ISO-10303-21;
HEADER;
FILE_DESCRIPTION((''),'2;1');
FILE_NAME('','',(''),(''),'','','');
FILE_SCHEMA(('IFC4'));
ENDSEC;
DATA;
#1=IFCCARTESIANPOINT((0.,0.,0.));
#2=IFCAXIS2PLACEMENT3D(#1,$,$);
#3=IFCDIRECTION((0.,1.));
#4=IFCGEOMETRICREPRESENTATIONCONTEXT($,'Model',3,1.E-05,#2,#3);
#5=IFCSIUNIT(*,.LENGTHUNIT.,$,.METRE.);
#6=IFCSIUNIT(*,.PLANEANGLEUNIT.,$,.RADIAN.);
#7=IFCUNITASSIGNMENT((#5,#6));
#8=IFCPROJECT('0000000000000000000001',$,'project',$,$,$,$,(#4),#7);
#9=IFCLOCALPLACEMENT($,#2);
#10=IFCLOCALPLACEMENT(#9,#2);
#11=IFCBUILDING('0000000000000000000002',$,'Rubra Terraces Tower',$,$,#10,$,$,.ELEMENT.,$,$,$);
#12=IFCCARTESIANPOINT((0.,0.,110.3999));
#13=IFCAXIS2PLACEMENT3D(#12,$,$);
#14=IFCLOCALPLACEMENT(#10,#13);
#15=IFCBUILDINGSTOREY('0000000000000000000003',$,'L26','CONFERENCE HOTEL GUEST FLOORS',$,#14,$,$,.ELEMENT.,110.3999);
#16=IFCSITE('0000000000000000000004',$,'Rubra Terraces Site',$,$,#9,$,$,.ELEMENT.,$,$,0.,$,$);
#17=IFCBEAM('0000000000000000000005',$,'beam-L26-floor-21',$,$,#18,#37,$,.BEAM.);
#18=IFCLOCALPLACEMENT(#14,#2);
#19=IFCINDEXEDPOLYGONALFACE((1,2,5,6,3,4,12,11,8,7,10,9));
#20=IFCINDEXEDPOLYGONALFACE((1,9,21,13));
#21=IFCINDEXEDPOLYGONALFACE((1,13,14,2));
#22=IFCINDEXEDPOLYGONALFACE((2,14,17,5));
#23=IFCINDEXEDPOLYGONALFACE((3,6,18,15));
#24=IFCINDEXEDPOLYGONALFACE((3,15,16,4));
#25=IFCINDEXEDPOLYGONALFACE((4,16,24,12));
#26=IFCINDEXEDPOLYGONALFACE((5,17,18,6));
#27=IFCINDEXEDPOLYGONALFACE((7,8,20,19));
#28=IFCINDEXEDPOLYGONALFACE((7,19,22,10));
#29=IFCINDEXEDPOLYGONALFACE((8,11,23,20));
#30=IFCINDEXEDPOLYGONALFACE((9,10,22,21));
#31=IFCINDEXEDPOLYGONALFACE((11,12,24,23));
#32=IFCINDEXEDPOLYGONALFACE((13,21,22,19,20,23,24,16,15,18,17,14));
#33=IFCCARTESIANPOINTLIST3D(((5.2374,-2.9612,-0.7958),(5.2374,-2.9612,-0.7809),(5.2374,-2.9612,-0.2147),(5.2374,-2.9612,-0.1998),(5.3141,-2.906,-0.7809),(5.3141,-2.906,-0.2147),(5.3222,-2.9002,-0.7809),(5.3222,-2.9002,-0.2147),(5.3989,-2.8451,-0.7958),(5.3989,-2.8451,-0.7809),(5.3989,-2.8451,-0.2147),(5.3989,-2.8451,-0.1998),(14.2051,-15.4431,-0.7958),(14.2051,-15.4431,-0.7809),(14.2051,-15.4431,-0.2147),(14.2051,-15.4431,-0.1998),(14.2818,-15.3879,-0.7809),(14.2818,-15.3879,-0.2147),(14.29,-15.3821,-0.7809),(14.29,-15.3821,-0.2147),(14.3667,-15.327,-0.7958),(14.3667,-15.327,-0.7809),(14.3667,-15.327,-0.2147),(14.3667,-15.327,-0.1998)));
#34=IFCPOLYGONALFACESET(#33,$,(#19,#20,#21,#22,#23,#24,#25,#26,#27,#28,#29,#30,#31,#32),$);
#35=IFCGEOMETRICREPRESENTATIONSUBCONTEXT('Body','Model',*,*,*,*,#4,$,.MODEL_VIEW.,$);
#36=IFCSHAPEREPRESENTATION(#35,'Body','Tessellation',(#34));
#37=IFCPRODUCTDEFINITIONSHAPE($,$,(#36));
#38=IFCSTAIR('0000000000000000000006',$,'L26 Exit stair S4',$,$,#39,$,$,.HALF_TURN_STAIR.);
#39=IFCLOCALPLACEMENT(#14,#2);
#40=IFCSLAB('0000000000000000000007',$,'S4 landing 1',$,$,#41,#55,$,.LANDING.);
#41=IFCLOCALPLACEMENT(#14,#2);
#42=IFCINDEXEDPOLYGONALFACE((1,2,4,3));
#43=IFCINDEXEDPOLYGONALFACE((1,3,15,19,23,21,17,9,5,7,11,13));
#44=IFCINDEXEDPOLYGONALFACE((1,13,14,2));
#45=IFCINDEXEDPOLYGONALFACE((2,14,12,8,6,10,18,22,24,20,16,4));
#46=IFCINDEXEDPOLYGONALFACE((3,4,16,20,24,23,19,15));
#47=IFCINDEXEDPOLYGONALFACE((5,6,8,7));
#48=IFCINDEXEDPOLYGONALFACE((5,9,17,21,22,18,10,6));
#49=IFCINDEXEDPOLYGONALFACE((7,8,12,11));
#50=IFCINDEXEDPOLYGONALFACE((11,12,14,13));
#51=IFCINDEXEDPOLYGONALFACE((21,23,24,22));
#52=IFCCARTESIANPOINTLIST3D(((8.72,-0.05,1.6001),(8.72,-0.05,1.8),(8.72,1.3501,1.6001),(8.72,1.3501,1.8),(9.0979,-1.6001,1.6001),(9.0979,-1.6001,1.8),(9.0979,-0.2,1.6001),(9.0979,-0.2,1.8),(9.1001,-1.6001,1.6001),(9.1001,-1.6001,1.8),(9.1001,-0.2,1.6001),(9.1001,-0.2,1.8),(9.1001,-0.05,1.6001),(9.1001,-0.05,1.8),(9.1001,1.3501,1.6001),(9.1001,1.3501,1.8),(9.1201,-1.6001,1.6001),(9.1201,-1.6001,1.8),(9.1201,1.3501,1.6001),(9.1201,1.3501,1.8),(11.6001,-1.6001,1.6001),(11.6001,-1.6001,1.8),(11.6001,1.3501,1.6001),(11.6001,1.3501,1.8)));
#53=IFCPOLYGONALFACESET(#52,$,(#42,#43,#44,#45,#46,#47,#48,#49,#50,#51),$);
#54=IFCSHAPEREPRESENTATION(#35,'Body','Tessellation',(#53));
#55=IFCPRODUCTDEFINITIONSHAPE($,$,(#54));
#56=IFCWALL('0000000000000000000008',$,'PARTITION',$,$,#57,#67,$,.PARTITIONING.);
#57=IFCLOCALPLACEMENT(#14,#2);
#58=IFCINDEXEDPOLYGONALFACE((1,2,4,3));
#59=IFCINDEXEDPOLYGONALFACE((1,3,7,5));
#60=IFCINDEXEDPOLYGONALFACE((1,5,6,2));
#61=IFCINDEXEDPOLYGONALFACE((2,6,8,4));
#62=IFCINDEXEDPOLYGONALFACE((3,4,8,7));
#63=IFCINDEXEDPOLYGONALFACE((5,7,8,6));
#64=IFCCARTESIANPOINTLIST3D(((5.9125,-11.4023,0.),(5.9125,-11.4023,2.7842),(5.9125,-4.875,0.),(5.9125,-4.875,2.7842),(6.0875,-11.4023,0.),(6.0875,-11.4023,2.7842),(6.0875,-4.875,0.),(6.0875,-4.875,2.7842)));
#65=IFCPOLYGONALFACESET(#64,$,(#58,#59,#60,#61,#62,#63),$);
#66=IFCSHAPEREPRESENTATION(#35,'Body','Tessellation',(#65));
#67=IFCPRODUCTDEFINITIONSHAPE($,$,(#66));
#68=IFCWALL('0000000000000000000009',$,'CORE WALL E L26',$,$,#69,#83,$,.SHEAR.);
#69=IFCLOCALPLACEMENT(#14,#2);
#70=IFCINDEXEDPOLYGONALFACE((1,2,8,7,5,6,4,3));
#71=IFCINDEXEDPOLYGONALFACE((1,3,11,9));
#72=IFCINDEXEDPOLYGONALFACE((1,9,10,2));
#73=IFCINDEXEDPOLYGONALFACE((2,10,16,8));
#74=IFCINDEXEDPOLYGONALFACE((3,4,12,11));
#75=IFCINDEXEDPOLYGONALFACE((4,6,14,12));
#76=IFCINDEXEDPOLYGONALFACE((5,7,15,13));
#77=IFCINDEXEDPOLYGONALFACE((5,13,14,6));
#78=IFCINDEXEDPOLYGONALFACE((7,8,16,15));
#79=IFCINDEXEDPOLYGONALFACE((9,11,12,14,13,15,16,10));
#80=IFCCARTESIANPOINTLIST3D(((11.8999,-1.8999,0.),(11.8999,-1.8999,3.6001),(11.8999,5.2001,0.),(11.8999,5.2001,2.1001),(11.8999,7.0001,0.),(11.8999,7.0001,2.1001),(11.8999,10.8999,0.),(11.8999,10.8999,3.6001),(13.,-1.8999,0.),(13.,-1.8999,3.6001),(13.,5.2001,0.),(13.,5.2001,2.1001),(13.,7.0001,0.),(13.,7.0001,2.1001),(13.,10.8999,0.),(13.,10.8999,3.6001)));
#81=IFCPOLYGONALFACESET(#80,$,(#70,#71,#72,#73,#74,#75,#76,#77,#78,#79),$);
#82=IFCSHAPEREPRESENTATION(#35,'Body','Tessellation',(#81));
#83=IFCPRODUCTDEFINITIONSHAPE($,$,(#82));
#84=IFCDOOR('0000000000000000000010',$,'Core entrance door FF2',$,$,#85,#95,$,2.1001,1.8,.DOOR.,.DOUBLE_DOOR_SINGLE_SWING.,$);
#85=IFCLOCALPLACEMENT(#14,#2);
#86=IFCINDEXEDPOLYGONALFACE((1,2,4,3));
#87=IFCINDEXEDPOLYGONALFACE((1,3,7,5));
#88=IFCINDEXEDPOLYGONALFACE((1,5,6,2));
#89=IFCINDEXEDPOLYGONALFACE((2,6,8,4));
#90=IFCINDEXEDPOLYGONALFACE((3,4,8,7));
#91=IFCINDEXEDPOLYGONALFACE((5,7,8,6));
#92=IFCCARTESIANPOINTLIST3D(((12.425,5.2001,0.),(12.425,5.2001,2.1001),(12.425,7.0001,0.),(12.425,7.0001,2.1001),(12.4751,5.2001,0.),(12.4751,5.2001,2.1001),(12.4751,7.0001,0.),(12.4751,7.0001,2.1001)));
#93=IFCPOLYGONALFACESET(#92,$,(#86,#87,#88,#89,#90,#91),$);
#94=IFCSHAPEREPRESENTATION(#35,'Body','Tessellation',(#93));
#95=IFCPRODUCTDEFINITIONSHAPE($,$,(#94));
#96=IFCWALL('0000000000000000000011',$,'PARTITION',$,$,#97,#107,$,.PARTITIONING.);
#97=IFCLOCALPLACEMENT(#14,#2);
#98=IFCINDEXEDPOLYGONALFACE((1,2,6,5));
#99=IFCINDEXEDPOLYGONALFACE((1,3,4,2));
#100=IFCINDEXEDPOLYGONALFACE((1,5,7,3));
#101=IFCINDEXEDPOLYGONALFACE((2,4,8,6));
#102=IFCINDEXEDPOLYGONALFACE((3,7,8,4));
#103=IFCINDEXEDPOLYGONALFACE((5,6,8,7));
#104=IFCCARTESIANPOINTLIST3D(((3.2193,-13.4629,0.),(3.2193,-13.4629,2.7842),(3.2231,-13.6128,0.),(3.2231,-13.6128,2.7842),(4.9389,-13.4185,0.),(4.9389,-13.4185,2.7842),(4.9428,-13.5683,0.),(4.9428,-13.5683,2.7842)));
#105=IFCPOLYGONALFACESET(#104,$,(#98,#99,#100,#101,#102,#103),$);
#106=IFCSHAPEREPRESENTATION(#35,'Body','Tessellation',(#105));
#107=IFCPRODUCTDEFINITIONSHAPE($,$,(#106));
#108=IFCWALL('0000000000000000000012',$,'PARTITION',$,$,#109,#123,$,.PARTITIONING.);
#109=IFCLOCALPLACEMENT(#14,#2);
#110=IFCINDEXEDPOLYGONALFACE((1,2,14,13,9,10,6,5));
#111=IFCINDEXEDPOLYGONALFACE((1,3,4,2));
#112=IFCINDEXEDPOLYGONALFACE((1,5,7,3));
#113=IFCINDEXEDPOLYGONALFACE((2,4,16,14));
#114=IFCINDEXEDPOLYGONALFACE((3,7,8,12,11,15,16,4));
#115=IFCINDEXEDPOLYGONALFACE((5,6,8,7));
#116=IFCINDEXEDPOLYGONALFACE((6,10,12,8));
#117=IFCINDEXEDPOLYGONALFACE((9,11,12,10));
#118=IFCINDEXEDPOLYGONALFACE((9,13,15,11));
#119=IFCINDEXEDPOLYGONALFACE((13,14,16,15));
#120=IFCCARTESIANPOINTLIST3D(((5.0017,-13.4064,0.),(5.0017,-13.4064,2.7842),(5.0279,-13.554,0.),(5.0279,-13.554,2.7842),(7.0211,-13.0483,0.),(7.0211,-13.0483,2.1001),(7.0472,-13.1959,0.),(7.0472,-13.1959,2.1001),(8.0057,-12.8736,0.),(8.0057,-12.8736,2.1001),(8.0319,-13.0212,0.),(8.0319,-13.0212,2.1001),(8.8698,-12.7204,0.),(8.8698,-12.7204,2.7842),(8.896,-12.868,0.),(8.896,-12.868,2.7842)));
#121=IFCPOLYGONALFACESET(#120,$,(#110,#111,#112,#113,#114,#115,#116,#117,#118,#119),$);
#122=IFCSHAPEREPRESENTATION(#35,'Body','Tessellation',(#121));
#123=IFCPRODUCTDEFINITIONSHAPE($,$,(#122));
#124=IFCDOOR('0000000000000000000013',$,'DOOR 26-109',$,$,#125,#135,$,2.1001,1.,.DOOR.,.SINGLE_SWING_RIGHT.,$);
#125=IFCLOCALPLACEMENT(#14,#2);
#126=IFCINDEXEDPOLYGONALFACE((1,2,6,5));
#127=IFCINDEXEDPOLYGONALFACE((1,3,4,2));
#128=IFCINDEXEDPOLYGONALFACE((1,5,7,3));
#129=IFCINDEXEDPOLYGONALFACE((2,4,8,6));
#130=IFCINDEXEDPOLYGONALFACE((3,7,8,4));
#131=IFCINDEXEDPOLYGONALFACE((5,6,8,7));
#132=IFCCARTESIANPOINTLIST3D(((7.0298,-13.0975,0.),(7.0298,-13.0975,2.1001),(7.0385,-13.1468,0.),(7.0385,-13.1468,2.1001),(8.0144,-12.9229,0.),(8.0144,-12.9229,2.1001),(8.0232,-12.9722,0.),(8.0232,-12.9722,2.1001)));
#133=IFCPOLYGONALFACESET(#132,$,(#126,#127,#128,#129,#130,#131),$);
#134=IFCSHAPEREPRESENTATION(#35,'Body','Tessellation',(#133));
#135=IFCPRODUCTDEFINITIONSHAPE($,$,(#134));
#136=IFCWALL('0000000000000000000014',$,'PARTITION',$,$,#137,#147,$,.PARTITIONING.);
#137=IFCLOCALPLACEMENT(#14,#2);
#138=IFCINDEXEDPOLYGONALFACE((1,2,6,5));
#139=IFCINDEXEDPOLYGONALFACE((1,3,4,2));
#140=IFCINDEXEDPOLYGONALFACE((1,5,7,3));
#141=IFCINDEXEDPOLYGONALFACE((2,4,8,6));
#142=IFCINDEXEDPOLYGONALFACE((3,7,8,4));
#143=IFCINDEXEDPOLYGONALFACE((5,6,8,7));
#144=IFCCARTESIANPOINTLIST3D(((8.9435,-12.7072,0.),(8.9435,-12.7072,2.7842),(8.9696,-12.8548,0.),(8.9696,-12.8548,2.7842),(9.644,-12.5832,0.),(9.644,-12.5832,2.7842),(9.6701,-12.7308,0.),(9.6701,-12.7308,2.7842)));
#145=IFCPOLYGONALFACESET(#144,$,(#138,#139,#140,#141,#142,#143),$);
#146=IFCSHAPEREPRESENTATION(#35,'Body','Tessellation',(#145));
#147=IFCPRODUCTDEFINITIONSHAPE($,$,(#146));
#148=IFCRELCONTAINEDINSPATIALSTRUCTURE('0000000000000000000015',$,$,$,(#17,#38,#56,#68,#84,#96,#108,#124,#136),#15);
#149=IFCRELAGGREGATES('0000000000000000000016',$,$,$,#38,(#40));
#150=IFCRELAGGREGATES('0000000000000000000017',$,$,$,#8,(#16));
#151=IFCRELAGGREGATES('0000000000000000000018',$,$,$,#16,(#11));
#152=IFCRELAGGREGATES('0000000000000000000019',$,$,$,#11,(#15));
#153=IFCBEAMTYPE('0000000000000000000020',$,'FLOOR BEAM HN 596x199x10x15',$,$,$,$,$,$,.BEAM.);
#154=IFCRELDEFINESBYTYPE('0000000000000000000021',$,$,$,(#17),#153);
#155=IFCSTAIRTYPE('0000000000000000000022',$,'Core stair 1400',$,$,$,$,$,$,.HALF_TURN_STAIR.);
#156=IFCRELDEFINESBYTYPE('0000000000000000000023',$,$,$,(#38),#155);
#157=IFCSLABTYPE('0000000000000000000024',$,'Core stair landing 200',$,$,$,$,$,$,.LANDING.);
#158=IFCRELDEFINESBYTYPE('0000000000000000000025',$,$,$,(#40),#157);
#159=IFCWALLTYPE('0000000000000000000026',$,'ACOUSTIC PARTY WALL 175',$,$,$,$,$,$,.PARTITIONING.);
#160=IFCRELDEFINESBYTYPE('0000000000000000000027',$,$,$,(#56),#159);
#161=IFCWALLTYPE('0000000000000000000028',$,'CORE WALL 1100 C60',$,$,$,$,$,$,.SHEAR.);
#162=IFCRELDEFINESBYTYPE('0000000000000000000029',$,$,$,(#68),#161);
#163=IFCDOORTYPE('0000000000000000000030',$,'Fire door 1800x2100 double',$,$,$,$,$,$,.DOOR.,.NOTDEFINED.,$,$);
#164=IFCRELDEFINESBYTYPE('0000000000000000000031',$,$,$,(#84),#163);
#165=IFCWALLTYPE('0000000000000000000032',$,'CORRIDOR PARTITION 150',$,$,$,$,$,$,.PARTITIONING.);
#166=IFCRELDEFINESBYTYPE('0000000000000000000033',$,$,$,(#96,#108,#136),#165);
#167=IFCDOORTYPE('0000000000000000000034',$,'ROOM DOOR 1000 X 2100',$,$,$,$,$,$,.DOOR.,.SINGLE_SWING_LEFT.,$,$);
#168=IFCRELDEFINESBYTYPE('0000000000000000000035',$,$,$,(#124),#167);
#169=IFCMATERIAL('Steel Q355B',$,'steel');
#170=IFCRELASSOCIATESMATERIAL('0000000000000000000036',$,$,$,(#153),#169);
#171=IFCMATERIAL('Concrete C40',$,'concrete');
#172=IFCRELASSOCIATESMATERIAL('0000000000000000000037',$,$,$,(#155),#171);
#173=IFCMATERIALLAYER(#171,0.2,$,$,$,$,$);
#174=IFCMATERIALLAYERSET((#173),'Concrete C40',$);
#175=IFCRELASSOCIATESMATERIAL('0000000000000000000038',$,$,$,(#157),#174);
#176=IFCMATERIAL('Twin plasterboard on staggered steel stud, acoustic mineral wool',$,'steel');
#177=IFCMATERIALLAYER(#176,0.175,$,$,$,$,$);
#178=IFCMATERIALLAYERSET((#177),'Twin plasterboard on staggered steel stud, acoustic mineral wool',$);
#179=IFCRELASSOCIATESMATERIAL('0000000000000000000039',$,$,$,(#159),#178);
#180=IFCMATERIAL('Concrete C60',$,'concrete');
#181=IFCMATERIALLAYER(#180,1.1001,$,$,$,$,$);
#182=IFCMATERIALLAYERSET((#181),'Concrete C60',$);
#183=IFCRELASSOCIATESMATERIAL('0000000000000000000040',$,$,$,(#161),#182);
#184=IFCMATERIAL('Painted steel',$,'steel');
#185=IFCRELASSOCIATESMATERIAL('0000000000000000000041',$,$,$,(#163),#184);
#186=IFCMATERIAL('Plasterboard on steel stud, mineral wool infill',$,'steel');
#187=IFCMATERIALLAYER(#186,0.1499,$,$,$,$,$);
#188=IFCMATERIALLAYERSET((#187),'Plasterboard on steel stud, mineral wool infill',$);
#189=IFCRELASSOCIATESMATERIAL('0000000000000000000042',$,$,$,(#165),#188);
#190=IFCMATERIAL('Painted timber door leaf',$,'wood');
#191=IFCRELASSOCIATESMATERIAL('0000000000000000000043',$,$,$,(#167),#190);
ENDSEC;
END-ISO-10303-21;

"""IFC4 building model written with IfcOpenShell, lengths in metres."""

from ifc_helpers import new_model, si_unit, direction, frame, frame_2d, origin, origin_2d, place, context, subcontext, project, spatial, polyline, rectangle, i_section, outline, extrude, material, layer, layer_set, material_profile, profile_set, type_object, element, fill, aggregate, save


model = new_model("IFC4")

# Units and contexts
model_context = context("Model", 3, precision=1e-05, world=origin(), true_north=direction((0.0, 1.0)))
body_context = subcontext(model_context, "Body", "Model", "MODEL_VIEW")
ifc_project = project(units=[si_unit("LENGTHUNIT", "METRE"), si_unit("PLANEANGLEUNIT", "RADIAN")], contexts=[model_context])

# Site, building, storey
site_placement = place(None, origin())
site = spatial("IfcSite", under=ifc_project, at=site_placement, Name="Rubra Terraces Site", CompositionType="ELEMENT", RefElevation=0.0)
building_placement = place(site_placement, origin())
building = spatial("IfcBuilding", under=site, at=building_placement, Name="Rubra Terraces Tower", CompositionType="ELEMENT")
storey_placement = place(building_placement, frame((0.0, 0.0, 110.3999)))
storey = spatial("IfcBuildingStorey", under=building, at=storey_placement, Name="L26", Description="CONFERENCE HOTEL GUEST FLOORS", CompositionType="ELEMENT", Elevation=110.3999)

# Beam
ifc_material_1 = material(Name="Steel Q355B", Category="steel")
ifc_material_profile = material_profile(ifc_material_1, i_section(OverallWidth=0.199, OverallDepth=0.5959, WebThickness=0.01, FlangeThickness=0.0149, at=origin_2d()), Name="HN 596x199x10x15")
ifc_profile_set = profile_set([ifc_material_profile], Name="Steel Q355B")
beam_type = type_object("IfcBeamType", Name="FLOOR BEAM HN 596x199x10x15", PredefinedType="BEAM", material=ifc_profile_set)
beam_placement = place(storey_placement, frame((14.2859, -15.385, -0.4978), z_axis=(-0.583481, 0.812127, 0.0), x_axis=(-0.812127, -0.583481, 0.0)))
element("IfcBeam", 1, at=beam_placement, inside=storey, type_object=beam_type, Name="beam-L26-floor-21", PredefinedType="BEAM", context=body_context, shape_type="SweptSolid", body=[
    extrude(i_section(OverallWidth=0.199, OverallDepth=0.5959, WebThickness=0.01, FlangeThickness=0.0149, at=origin_2d()), origin(), (0.0, 0.0, 1.0), 15.3694),
])

# Stair, slab
ifc_material_2 = material(Name="Concrete C40", Category="concrete")
stair_type = type_object("IfcStairType", Name="Core stair 1400", PredefinedType="HALF_TURN_STAIR", material=ifc_material_2)
stair_placement = place(storey_placement, origin())
stair = element("IfcStair", 2, at=stair_placement, inside=storey, type_object=stair_type, Name="L26 Exit stair S4", PredefinedType="HALF_TURN_STAIR")
ifc_layer_1 = layer(ifc_material_2, 0.2)
ifc_layer_set_1 = layer_set([ifc_layer_1], Name="Concrete C40")
slab_type = type_object("IfcSlabType", Name="Core stair landing 200", PredefinedType="LANDING", material=ifc_layer_set_1)
slab_placement = place(storey_placement, frame((0.0, 0.0, 1.6001)))
slab = element("IfcSlab", 3, at=slab_placement, type_object=slab_type, Name="S4 landing 1", PredefinedType="LANDING", context=body_context, shape_type="SweptSolid", body=[
    extrude(outline(polyline([(9.1001, -0.2), (9.1001, -0.05), (8.72, -0.05), (8.72, 1.3501), (9.1001, 1.3501), (9.1201, 1.3501), (11.6001, 1.3501), (11.6001, -1.6001), (9.1201, -1.6001), (9.1001, -1.6001), (9.0979, -1.6001), (9.0979, -0.2), (9.1001, -0.2)])), origin(), (0.0, 0.0, 1.0), 0.2),
])

# Wall
ifc_material_3 = material(Name="Twin plasterboard on staggered steel stud, acoustic mineral wool", Category="steel")
ifc_layer_2 = layer(ifc_material_3, 0.175)
ifc_layer_set_2 = layer_set([ifc_layer_2], Name="Twin plasterboard on staggered steel stud, acoustic mineral wool")
wall_type_1 = type_object("IfcWallType", Name="ACOUSTIC PARTY WALL 175", PredefinedType="PARTITIONING", material=ifc_layer_set_2)
wall_1_placement = place(storey_placement, frame((6.0, -11.4023, 0.0), z_axis=(0.0, 0.0, 1.0), x_axis=(0.0, 1.0, 0.0)))
element("IfcWall", 4, at=wall_1_placement, inside=storey, type_object=wall_type_1, Name="PARTITION", PredefinedType="PARTITIONING", context=body_context, shape_type="SweptSolid", body=[
    extrude(rectangle(XDim=6.5273, YDim=0.175, at=frame_2d((3.2637, 0.0))), origin(), (0.0, 0.0, 1.0), 2.7842),
])

# Wall, opening, door
ifc_material_4 = material(Name="Concrete C60", Category="concrete")
ifc_layer_3 = layer(ifc_material_4, 1.1001)
ifc_layer_set_3 = layer_set([ifc_layer_3], Name="Concrete C60")
wall_type_2 = type_object("IfcWallType", Name="CORE WALL 1100 C60", PredefinedType="SHEAR", material=ifc_layer_set_3)
wall_2_placement = place(storey_placement, frame((12.45, -1.8999, 0.0), z_axis=(0.0, 0.0, 1.0), x_axis=(0.0, 1.0, 0.0)))
wall_2 = element("IfcWall", 5, at=wall_2_placement, inside=storey, type_object=wall_type_2, Name="CORE WALL E L26", PredefinedType="SHEAR", context=body_context, shape_type="SweptSolid", body=[
    extrude(rectangle(XDim=12.7998, YDim=1.1001, at=frame_2d((6.3999, 0.0))), origin(), (0.0, 0.0, 1.0), 3.6001),
])
opening_1_placement = place(wall_2_placement, frame((7.1001, 0.0, 0.0)))
opening_1 = element("IfcOpeningElement", 6, at=opening_1_placement, cuts=wall_2, PredefinedType="OPENING", context=body_context, shape_type="SweptSolid", body=[
    extrude(rectangle(XDim=1.8, YDim=2.1001, at=frame_2d((0.8999, 1.05))), frame((0.0, 0.5601, 0.0), z_axis=(0.0, -1.0, 0.0), x_axis=(1.0, 0.0, 0.0)), (0.0, 0.0, 1.0), 1.1201),
])
ifc_material_5 = material(Name="Painted steel", Category="steel")
door_type_1 = type_object("IfcDoorType", Name="Fire door 1800x2100 double", OperationType="NOTDEFINED", PredefinedType="DOOR", material=ifc_material_5)
door_1_placement = place(opening_1_placement, origin())
door_1 = element("IfcDoor", 7, at=door_1_placement, inside=storey, type_object=door_type_1, Name="Core entrance door FF2", OperationType="DOUBLE_DOOR_SINGLE_SWING", OverallHeight=2.1001, OverallWidth=1.8, PredefinedType="DOOR", context=body_context, shape_type="SweptSolid", body=[
    extrude(rectangle(XDim=1.8, YDim=2.1001, at=frame_2d((0.8999, 1.05))), frame((0.0, 0.0249, 0.0), z_axis=(0.0, -1.0, 0.0), x_axis=(1.0, 0.0, 0.0)), (0.0, 0.0, 1.0), 0.05),
])
fill(opening_1, door_1)

# Wall
ifc_material_6 = material(Name="Plasterboard on steel stud, mineral wool infill", Category="steel")
ifc_layer_4 = layer(ifc_material_6, 0.1499)
ifc_layer_set_4 = layer_set([ifc_layer_4], Name="Plasterboard on steel stud, mineral wool infill")
wall_type_3 = type_object("IfcWallType", Name="CORRIDOR PARTITION 150", PredefinedType="PARTITIONING", material=ifc_layer_set_4)
wall_3_placement = place(storey_placement, frame((3.2212, -13.5378, 0.0), z_axis=(0.0, 0.0, 1.0), x_axis=(0.999666, 0.025829, 0.0)))
element("IfcWall", 8, at=wall_3_placement, inside=storey, type_object=wall_type_3, Name="PARTITION", PredefinedType="PARTITIONING", context=body_context, shape_type="SweptSolid", body=[
    extrude(rectangle(XDim=1.7202, YDim=0.1499, at=frame_2d((0.8601, 0.0))), origin(), (0.0, 0.0, 1.0), 2.7842),
])

# Wall, opening, door
wall_4_placement = place(storey_placement, frame((5.0146, -13.4802, 0.0), z_axis=(0.0, 0.0, 1.0), x_axis=(0.984634, 0.174629, 0.0)))
wall_4 = element("IfcWall", 9, at=wall_4_placement, inside=storey, type_object=wall_type_3, Name="PARTITION", PredefinedType="PARTITIONING", context=body_context, shape_type="SweptSolid", body=[
    extrude(rectangle(XDim=3.9285, YDim=0.1499, at=frame_2d((1.9644, 0.0))), origin(), (0.0, 0.0, 1.0), 2.7842),
])
opening_2_placement = place(wall_4_placement, frame((2.051, 0.0, 0.0)))
opening_2 = element("IfcOpeningElement", 10, at=opening_2_placement, cuts=wall_4, PredefinedType="OPENING", context=body_context, shape_type="SweptSolid", body=[
    extrude(rectangle(XDim=1.0, YDim=2.1001, at=frame_2d((0.5, 1.05))), frame((0.0, 0.085, 0.0), z_axis=(0.0, -1.0, 0.0), x_axis=(1.0, 0.0, 0.0)), (0.0, 0.0, 1.0), 0.1699),
])
ifc_material_7 = material(Name="Painted timber door leaf", Category="wood")
door_type_2 = type_object("IfcDoorType", Name="ROOM DOOR 1000 X 2100", OperationType="SINGLE_SWING_LEFT", PredefinedType="DOOR", material=ifc_material_7)
door_2_placement = place(opening_2_placement, origin())
door_2 = element("IfcDoor", 11, at=door_2_placement, inside=storey, type_object=door_type_2, Name="DOOR 26-109", OperationType="SINGLE_SWING_RIGHT", OverallHeight=2.1001, OverallWidth=1.0, PredefinedType="DOOR", context=body_context, shape_type="SweptSolid", body=[
    extrude(rectangle(XDim=1.0, YDim=2.1001, at=frame_2d((0.5, 1.05))), frame((0.0, 0.0249, 0.0), z_axis=(0.0, -1.0, 0.0), x_axis=(1.0, 0.0, 0.0)), (0.0, 0.0, 1.0), 0.05),
])
fill(opening_2, door_2)

# Wall
wall_5_placement = place(storey_placement, frame((8.9565, -12.781, 0.0), z_axis=(0.0, 0.0, 1.0), x_axis=(0.984683, 0.174353, 0.0)))
element("IfcWall", 12, at=wall_5_placement, inside=storey, type_object=wall_type_3, Name="PARTITION", PredefinedType="PARTITIONING", context=body_context, shape_type="SweptSolid", body=[
    extrude(rectangle(XDim=0.7114, YDim=0.1499, at=frame_2d((0.3557, 0.0))), origin(), (0.0, 0.0, 1.0), 2.7842),
])

aggregate(stair, [slab])

save(model, "model.ifc")
